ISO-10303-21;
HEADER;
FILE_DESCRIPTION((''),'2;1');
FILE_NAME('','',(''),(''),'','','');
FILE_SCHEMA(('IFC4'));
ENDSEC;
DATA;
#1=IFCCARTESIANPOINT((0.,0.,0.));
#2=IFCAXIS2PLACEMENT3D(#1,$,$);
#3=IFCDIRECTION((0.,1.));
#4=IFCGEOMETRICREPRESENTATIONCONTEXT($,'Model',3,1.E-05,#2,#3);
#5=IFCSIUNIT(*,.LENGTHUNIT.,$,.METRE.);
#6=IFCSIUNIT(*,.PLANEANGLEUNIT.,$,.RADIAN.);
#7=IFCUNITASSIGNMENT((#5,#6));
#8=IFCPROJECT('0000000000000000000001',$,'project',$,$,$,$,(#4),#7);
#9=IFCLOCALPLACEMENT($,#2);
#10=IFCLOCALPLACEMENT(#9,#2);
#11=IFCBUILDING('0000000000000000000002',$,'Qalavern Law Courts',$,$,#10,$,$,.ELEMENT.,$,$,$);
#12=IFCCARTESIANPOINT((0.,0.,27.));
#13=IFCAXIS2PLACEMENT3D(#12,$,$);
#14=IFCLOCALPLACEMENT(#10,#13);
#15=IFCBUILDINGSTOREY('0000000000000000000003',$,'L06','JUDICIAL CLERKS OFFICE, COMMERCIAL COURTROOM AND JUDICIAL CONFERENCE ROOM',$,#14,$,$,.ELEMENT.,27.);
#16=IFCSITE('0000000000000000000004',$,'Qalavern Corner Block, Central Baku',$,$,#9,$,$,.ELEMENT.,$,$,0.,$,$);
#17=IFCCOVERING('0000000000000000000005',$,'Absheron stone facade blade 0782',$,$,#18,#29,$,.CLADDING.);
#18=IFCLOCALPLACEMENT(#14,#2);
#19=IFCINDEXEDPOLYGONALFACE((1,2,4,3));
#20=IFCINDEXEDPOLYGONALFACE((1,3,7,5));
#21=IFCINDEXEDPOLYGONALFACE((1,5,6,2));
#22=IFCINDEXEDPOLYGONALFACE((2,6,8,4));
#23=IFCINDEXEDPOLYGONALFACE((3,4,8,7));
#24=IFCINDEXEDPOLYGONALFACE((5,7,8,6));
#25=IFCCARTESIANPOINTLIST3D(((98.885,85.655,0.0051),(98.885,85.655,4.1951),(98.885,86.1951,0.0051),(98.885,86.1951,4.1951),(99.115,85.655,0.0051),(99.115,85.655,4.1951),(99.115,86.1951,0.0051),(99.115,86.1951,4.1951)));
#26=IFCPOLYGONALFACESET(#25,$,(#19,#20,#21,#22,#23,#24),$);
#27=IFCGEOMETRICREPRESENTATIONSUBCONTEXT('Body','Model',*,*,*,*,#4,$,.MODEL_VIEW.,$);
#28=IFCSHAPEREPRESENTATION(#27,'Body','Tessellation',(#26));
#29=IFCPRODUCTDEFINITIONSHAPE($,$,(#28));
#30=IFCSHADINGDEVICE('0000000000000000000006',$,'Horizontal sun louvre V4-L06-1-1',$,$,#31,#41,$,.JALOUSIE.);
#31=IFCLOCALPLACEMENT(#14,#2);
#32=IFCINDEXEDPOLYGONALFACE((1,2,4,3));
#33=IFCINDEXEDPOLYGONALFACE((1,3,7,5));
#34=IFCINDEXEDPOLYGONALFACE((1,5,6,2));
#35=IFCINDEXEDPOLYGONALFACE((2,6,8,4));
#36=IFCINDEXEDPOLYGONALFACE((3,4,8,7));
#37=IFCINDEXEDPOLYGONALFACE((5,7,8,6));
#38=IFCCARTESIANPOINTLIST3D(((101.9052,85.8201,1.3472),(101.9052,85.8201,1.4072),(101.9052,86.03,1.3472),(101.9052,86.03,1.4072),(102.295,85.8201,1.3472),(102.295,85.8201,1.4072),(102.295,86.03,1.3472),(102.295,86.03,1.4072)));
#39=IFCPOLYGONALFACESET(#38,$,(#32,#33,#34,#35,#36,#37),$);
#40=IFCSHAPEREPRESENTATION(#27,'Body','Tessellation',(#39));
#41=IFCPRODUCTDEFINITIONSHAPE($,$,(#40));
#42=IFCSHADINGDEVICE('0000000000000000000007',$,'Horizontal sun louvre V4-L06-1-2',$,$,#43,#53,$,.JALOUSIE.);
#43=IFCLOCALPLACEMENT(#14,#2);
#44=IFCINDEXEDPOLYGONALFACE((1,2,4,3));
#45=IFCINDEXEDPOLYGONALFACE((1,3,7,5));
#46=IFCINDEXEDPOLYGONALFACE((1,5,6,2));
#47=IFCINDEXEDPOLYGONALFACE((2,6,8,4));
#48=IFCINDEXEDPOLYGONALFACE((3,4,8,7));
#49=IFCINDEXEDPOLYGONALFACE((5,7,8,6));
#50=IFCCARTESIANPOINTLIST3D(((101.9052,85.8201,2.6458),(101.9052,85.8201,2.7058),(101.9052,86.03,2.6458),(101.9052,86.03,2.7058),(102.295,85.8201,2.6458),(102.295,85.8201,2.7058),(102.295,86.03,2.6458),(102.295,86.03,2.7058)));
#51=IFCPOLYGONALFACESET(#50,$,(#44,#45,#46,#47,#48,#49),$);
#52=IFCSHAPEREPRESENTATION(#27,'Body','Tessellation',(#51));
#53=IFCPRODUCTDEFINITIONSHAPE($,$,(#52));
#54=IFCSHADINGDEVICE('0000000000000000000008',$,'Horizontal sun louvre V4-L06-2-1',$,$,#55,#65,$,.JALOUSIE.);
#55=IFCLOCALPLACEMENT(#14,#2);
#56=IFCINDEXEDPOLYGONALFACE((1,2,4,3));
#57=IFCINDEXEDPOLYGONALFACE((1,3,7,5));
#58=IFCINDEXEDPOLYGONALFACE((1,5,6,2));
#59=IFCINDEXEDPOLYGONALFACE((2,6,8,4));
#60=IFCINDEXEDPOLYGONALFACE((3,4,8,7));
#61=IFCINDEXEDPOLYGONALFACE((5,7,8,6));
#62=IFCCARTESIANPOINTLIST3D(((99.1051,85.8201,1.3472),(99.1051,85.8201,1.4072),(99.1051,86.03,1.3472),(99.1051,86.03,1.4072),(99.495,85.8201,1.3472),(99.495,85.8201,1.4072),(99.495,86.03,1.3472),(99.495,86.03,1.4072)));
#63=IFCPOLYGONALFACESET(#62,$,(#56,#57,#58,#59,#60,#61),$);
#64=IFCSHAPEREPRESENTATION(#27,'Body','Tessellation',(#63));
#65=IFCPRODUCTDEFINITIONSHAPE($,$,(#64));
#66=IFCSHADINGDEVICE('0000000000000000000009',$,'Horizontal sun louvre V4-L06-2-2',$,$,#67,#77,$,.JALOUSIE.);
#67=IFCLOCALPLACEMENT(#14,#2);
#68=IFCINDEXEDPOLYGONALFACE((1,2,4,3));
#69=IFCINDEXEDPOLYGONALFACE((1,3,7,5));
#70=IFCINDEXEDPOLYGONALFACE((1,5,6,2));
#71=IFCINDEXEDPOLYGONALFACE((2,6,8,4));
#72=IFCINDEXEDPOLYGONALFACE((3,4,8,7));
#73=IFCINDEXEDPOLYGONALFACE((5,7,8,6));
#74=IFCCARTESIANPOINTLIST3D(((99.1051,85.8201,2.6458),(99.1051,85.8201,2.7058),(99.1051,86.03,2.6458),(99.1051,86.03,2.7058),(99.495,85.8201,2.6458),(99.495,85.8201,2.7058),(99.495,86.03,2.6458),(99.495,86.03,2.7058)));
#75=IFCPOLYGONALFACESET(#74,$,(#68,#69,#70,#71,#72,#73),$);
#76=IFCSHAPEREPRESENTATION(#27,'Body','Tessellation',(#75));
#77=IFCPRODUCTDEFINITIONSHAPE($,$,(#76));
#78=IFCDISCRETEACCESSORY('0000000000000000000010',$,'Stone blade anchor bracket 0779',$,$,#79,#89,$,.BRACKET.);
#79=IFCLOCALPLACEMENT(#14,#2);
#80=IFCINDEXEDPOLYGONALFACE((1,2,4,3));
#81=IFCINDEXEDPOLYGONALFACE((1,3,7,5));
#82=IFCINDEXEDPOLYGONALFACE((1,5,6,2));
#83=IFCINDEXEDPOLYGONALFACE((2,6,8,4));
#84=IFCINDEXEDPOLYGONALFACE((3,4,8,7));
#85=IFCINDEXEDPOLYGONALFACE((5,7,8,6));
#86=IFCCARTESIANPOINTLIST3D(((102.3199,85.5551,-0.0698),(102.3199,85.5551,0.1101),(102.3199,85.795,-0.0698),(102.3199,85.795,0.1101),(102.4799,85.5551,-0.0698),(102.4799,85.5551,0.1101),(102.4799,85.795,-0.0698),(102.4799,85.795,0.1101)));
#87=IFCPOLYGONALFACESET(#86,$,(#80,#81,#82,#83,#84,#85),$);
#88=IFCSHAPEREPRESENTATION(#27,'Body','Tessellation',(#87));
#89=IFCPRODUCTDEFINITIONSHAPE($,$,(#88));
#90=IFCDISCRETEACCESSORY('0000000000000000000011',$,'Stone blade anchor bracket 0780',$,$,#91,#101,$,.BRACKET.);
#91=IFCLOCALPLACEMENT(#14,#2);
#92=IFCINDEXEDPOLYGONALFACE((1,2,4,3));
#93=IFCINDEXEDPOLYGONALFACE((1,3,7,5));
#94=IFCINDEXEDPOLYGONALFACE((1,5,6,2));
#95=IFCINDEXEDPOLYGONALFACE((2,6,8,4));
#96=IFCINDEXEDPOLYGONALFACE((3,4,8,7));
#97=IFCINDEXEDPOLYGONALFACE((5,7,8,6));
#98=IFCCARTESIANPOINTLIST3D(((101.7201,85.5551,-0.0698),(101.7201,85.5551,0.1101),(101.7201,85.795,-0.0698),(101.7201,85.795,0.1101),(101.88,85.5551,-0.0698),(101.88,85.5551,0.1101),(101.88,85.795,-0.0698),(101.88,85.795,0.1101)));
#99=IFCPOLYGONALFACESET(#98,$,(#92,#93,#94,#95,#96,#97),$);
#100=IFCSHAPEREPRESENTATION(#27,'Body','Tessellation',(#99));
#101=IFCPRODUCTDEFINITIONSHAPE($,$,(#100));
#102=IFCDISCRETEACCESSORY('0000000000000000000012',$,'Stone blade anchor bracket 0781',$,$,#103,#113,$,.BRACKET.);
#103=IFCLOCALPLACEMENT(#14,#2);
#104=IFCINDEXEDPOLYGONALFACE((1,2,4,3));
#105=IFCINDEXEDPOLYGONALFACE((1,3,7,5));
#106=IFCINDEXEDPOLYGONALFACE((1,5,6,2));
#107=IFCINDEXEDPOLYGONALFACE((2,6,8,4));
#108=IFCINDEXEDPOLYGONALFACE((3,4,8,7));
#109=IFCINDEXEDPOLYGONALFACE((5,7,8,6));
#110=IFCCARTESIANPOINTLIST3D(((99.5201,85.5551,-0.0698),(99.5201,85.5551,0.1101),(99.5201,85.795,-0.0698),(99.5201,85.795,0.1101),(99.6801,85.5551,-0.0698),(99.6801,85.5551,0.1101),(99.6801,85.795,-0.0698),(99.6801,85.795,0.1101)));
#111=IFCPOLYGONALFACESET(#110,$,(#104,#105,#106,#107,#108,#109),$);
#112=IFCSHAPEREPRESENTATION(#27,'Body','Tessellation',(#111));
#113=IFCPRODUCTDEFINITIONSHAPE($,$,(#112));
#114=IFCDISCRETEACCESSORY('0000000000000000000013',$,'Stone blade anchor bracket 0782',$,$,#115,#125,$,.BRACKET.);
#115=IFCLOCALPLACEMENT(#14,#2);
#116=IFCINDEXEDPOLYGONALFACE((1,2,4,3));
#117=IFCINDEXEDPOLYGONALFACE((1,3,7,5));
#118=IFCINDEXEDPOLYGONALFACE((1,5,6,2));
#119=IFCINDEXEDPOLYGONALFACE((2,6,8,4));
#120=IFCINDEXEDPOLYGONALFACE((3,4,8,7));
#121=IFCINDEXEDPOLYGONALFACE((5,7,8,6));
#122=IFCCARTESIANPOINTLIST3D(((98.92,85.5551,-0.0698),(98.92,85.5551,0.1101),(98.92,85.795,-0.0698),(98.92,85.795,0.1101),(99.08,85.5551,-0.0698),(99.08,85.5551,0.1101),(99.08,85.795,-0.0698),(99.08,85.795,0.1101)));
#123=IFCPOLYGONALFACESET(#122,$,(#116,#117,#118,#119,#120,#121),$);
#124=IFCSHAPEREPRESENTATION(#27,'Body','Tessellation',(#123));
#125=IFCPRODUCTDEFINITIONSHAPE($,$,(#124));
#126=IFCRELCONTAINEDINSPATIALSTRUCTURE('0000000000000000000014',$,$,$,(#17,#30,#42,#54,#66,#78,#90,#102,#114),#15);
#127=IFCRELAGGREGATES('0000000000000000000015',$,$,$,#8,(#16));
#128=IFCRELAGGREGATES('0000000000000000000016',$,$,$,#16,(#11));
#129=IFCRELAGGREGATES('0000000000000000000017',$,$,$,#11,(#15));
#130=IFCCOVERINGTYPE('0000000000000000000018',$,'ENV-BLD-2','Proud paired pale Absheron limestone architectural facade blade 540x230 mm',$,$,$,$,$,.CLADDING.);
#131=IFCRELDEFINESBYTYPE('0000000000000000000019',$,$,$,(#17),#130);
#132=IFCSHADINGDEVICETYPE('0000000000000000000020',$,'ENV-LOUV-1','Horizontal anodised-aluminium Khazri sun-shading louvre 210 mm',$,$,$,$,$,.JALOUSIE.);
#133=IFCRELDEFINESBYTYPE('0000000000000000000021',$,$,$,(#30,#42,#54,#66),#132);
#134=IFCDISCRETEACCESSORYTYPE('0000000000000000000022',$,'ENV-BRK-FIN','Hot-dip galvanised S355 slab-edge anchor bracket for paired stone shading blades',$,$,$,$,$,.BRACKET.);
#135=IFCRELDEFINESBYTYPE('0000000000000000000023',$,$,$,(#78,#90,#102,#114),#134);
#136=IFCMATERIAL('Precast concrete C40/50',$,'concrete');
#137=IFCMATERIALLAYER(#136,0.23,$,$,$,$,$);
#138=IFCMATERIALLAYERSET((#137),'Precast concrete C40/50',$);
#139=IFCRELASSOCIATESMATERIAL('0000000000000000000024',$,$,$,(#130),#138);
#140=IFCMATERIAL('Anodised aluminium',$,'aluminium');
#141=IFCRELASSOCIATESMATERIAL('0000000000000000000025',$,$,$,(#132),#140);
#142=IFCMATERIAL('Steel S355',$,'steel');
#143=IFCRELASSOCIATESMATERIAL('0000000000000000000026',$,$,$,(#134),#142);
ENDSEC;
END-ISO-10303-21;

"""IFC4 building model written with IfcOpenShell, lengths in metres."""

from ifc_helpers import new_model, si_unit, direction, frame, origin, origin_2d, place, context, subcontext, project, spatial, rectangle, extrude, material, layer, layer_set, type_object, element, save


model = new_model("IFC4")

# Units and contexts
model_context = context("Model", 3, precision=1e-05, world=origin(), true_north=direction((0.0, 1.0)))
body_context = subcontext(model_context, "Body", "Model", "MODEL_VIEW")
ifc_project = project(units=[si_unit("LENGTHUNIT", "METRE"), si_unit("PLANEANGLEUNIT", "RADIAN")], contexts=[model_context])

# Site, building, storey
site_placement = place(None, origin())
site = spatial("IfcSite", under=ifc_project, at=site_placement, Name="Qalavern Corner Block, Central Baku", CompositionType="ELEMENT", RefElevation=0.0)
building_placement = place(site_placement, origin())
building = spatial("IfcBuilding", under=site, at=building_placement, Name="Qalavern Law Courts", CompositionType="ELEMENT")
storey_placement = place(building_placement, frame((0.0, 0.0, 27.0)))
storey = spatial("IfcBuildingStorey", under=building, at=storey_placement, Name="L06", Description="JUDICIAL CLERKS OFFICE, COMMERCIAL COURTROOM AND JUDICIAL CONFERENCE ROOM", CompositionType="ELEMENT", Elevation=27.0)

# Shared definitions
ifc_material_1 = material(Name="Anodised aluminium", Category="aluminium")

# Covering
ifc_material_2 = material(Name="Precast concrete C40/50", Category="concrete")
ifc_layer_1 = layer(ifc_material_2, 0.23)
ifc_layer_set_1 = layer_set([ifc_layer_1], Name="Precast concrete C40/50")
covering_type = type_object("IfcCoveringType", Name="ENV-BLD-2", Description="Proud paired pale Absheron limestone architectural facade blade 540x230 mm", PredefinedType="CLADDING", material=ifc_layer_set_1)
for number, where, z_axis, x_axis, name in (
    (1, (99.0, 85.925, 0.0051), (0.0, 0.0, 1.0), (0.0, 1.0, 0.0), "Absheron stone facade blade 0782"),
):
    element("IfcCovering", number, at=place(storey_placement, frame(where, z_axis=z_axis, x_axis=x_axis)), inside=storey, type_object=covering_type, Name=name, PredefinedType="CLADDING", context=body_context, shape_type="SweptSolid", body=[
        extrude(rectangle(XDim=0.54, YDim=0.23, at=origin_2d()), origin(), (0.0, 0.0, 1.0), 4.1899),
    ])

# Shading devices
shading_device_type = type_object("IfcShadingDeviceType", Name="ENV-LOUV-1", Description="Horizontal anodised-aluminium Khazri sun-shading louvre 210 mm", PredefinedType="JALOUSIE", material=ifc_material_1)
for number, where, z_axis, x_axis, name in (
    (2, (102.1001, 85.925, 1.3472), (0.0, 0.0, 1.0), (-1.0, 0.0, 0.0), "Horizontal sun louvre V4-L06-1-1"),
    (3, (102.1001, 85.925, 2.6458), (0.0, 0.0, 1.0), (-1.0, 0.0, 0.0), "Horizontal sun louvre V4-L06-1-2"),
    (4, (99.3, 85.925, 1.3472), (0.0, 0.0, 1.0), (-1.0, 0.0, 0.0), "Horizontal sun louvre V4-L06-2-1"),
    (5, (99.3, 85.925, 2.6458), (0.0, 0.0, 1.0), (-1.0, 0.0, 0.0), "Horizontal sun louvre V4-L06-2-2"),
):
    element("IfcShadingDevice", number, at=place(storey_placement, frame(where, z_axis=z_axis, x_axis=x_axis)), inside=storey, type_object=shading_device_type, Name=name, PredefinedType="JALOUSIE", context=body_context, shape_type="SweptSolid", body=[
        extrude(rectangle(XDim=0.3899, YDim=0.21, at=origin_2d()), origin(), (0.0, 0.0, 1.0), 0.0601),
    ])

# Discrete accessories
ifc_material_3 = material(Name="Steel S355", Category="steel")
discrete_accessory_type = type_object("IfcDiscreteAccessoryType", Name="ENV-BRK-FIN", Description="Hot-dip galvanised S355 slab-edge anchor bracket for paired stone shading blades", PredefinedType="BRACKET", material=ifc_material_3)
for number, where, z_axis, x_axis, name in (
    (6, (102.3999, 85.675, -0.0698), (0.0, 0.0, 1.0), (0.0, 1.0, 0.0), "Stone blade anchor bracket 0779"),
    (7, (101.8, 85.675, -0.0698), (0.0, 0.0, 1.0), (0.0, 1.0, 0.0), "Stone blade anchor bracket 0780"),
    (8, (99.6001, 85.675, -0.0698), (0.0, 0.0, 1.0), (0.0, 1.0, 0.0), "Stone blade anchor bracket 0781"),
    (9, (99.0, 85.675, -0.0698), (0.0, 0.0, 1.0), (0.0, 1.0, 0.0), "Stone blade anchor bracket 0782"),
):
    element("IfcDiscreteAccessory", number, at=place(storey_placement, frame(where, z_axis=z_axis, x_axis=x_axis)), inside=storey, type_object=discrete_accessory_type, Name=name, PredefinedType="BRACKET", context=body_context, shape_type="SweptSolid", body=[
        extrude(rectangle(XDim=0.24, YDim=0.1599, at=origin_2d()), origin(), (0.0, 0.0, 1.0), 0.1799),
    ])

save(model, "model.ifc")
